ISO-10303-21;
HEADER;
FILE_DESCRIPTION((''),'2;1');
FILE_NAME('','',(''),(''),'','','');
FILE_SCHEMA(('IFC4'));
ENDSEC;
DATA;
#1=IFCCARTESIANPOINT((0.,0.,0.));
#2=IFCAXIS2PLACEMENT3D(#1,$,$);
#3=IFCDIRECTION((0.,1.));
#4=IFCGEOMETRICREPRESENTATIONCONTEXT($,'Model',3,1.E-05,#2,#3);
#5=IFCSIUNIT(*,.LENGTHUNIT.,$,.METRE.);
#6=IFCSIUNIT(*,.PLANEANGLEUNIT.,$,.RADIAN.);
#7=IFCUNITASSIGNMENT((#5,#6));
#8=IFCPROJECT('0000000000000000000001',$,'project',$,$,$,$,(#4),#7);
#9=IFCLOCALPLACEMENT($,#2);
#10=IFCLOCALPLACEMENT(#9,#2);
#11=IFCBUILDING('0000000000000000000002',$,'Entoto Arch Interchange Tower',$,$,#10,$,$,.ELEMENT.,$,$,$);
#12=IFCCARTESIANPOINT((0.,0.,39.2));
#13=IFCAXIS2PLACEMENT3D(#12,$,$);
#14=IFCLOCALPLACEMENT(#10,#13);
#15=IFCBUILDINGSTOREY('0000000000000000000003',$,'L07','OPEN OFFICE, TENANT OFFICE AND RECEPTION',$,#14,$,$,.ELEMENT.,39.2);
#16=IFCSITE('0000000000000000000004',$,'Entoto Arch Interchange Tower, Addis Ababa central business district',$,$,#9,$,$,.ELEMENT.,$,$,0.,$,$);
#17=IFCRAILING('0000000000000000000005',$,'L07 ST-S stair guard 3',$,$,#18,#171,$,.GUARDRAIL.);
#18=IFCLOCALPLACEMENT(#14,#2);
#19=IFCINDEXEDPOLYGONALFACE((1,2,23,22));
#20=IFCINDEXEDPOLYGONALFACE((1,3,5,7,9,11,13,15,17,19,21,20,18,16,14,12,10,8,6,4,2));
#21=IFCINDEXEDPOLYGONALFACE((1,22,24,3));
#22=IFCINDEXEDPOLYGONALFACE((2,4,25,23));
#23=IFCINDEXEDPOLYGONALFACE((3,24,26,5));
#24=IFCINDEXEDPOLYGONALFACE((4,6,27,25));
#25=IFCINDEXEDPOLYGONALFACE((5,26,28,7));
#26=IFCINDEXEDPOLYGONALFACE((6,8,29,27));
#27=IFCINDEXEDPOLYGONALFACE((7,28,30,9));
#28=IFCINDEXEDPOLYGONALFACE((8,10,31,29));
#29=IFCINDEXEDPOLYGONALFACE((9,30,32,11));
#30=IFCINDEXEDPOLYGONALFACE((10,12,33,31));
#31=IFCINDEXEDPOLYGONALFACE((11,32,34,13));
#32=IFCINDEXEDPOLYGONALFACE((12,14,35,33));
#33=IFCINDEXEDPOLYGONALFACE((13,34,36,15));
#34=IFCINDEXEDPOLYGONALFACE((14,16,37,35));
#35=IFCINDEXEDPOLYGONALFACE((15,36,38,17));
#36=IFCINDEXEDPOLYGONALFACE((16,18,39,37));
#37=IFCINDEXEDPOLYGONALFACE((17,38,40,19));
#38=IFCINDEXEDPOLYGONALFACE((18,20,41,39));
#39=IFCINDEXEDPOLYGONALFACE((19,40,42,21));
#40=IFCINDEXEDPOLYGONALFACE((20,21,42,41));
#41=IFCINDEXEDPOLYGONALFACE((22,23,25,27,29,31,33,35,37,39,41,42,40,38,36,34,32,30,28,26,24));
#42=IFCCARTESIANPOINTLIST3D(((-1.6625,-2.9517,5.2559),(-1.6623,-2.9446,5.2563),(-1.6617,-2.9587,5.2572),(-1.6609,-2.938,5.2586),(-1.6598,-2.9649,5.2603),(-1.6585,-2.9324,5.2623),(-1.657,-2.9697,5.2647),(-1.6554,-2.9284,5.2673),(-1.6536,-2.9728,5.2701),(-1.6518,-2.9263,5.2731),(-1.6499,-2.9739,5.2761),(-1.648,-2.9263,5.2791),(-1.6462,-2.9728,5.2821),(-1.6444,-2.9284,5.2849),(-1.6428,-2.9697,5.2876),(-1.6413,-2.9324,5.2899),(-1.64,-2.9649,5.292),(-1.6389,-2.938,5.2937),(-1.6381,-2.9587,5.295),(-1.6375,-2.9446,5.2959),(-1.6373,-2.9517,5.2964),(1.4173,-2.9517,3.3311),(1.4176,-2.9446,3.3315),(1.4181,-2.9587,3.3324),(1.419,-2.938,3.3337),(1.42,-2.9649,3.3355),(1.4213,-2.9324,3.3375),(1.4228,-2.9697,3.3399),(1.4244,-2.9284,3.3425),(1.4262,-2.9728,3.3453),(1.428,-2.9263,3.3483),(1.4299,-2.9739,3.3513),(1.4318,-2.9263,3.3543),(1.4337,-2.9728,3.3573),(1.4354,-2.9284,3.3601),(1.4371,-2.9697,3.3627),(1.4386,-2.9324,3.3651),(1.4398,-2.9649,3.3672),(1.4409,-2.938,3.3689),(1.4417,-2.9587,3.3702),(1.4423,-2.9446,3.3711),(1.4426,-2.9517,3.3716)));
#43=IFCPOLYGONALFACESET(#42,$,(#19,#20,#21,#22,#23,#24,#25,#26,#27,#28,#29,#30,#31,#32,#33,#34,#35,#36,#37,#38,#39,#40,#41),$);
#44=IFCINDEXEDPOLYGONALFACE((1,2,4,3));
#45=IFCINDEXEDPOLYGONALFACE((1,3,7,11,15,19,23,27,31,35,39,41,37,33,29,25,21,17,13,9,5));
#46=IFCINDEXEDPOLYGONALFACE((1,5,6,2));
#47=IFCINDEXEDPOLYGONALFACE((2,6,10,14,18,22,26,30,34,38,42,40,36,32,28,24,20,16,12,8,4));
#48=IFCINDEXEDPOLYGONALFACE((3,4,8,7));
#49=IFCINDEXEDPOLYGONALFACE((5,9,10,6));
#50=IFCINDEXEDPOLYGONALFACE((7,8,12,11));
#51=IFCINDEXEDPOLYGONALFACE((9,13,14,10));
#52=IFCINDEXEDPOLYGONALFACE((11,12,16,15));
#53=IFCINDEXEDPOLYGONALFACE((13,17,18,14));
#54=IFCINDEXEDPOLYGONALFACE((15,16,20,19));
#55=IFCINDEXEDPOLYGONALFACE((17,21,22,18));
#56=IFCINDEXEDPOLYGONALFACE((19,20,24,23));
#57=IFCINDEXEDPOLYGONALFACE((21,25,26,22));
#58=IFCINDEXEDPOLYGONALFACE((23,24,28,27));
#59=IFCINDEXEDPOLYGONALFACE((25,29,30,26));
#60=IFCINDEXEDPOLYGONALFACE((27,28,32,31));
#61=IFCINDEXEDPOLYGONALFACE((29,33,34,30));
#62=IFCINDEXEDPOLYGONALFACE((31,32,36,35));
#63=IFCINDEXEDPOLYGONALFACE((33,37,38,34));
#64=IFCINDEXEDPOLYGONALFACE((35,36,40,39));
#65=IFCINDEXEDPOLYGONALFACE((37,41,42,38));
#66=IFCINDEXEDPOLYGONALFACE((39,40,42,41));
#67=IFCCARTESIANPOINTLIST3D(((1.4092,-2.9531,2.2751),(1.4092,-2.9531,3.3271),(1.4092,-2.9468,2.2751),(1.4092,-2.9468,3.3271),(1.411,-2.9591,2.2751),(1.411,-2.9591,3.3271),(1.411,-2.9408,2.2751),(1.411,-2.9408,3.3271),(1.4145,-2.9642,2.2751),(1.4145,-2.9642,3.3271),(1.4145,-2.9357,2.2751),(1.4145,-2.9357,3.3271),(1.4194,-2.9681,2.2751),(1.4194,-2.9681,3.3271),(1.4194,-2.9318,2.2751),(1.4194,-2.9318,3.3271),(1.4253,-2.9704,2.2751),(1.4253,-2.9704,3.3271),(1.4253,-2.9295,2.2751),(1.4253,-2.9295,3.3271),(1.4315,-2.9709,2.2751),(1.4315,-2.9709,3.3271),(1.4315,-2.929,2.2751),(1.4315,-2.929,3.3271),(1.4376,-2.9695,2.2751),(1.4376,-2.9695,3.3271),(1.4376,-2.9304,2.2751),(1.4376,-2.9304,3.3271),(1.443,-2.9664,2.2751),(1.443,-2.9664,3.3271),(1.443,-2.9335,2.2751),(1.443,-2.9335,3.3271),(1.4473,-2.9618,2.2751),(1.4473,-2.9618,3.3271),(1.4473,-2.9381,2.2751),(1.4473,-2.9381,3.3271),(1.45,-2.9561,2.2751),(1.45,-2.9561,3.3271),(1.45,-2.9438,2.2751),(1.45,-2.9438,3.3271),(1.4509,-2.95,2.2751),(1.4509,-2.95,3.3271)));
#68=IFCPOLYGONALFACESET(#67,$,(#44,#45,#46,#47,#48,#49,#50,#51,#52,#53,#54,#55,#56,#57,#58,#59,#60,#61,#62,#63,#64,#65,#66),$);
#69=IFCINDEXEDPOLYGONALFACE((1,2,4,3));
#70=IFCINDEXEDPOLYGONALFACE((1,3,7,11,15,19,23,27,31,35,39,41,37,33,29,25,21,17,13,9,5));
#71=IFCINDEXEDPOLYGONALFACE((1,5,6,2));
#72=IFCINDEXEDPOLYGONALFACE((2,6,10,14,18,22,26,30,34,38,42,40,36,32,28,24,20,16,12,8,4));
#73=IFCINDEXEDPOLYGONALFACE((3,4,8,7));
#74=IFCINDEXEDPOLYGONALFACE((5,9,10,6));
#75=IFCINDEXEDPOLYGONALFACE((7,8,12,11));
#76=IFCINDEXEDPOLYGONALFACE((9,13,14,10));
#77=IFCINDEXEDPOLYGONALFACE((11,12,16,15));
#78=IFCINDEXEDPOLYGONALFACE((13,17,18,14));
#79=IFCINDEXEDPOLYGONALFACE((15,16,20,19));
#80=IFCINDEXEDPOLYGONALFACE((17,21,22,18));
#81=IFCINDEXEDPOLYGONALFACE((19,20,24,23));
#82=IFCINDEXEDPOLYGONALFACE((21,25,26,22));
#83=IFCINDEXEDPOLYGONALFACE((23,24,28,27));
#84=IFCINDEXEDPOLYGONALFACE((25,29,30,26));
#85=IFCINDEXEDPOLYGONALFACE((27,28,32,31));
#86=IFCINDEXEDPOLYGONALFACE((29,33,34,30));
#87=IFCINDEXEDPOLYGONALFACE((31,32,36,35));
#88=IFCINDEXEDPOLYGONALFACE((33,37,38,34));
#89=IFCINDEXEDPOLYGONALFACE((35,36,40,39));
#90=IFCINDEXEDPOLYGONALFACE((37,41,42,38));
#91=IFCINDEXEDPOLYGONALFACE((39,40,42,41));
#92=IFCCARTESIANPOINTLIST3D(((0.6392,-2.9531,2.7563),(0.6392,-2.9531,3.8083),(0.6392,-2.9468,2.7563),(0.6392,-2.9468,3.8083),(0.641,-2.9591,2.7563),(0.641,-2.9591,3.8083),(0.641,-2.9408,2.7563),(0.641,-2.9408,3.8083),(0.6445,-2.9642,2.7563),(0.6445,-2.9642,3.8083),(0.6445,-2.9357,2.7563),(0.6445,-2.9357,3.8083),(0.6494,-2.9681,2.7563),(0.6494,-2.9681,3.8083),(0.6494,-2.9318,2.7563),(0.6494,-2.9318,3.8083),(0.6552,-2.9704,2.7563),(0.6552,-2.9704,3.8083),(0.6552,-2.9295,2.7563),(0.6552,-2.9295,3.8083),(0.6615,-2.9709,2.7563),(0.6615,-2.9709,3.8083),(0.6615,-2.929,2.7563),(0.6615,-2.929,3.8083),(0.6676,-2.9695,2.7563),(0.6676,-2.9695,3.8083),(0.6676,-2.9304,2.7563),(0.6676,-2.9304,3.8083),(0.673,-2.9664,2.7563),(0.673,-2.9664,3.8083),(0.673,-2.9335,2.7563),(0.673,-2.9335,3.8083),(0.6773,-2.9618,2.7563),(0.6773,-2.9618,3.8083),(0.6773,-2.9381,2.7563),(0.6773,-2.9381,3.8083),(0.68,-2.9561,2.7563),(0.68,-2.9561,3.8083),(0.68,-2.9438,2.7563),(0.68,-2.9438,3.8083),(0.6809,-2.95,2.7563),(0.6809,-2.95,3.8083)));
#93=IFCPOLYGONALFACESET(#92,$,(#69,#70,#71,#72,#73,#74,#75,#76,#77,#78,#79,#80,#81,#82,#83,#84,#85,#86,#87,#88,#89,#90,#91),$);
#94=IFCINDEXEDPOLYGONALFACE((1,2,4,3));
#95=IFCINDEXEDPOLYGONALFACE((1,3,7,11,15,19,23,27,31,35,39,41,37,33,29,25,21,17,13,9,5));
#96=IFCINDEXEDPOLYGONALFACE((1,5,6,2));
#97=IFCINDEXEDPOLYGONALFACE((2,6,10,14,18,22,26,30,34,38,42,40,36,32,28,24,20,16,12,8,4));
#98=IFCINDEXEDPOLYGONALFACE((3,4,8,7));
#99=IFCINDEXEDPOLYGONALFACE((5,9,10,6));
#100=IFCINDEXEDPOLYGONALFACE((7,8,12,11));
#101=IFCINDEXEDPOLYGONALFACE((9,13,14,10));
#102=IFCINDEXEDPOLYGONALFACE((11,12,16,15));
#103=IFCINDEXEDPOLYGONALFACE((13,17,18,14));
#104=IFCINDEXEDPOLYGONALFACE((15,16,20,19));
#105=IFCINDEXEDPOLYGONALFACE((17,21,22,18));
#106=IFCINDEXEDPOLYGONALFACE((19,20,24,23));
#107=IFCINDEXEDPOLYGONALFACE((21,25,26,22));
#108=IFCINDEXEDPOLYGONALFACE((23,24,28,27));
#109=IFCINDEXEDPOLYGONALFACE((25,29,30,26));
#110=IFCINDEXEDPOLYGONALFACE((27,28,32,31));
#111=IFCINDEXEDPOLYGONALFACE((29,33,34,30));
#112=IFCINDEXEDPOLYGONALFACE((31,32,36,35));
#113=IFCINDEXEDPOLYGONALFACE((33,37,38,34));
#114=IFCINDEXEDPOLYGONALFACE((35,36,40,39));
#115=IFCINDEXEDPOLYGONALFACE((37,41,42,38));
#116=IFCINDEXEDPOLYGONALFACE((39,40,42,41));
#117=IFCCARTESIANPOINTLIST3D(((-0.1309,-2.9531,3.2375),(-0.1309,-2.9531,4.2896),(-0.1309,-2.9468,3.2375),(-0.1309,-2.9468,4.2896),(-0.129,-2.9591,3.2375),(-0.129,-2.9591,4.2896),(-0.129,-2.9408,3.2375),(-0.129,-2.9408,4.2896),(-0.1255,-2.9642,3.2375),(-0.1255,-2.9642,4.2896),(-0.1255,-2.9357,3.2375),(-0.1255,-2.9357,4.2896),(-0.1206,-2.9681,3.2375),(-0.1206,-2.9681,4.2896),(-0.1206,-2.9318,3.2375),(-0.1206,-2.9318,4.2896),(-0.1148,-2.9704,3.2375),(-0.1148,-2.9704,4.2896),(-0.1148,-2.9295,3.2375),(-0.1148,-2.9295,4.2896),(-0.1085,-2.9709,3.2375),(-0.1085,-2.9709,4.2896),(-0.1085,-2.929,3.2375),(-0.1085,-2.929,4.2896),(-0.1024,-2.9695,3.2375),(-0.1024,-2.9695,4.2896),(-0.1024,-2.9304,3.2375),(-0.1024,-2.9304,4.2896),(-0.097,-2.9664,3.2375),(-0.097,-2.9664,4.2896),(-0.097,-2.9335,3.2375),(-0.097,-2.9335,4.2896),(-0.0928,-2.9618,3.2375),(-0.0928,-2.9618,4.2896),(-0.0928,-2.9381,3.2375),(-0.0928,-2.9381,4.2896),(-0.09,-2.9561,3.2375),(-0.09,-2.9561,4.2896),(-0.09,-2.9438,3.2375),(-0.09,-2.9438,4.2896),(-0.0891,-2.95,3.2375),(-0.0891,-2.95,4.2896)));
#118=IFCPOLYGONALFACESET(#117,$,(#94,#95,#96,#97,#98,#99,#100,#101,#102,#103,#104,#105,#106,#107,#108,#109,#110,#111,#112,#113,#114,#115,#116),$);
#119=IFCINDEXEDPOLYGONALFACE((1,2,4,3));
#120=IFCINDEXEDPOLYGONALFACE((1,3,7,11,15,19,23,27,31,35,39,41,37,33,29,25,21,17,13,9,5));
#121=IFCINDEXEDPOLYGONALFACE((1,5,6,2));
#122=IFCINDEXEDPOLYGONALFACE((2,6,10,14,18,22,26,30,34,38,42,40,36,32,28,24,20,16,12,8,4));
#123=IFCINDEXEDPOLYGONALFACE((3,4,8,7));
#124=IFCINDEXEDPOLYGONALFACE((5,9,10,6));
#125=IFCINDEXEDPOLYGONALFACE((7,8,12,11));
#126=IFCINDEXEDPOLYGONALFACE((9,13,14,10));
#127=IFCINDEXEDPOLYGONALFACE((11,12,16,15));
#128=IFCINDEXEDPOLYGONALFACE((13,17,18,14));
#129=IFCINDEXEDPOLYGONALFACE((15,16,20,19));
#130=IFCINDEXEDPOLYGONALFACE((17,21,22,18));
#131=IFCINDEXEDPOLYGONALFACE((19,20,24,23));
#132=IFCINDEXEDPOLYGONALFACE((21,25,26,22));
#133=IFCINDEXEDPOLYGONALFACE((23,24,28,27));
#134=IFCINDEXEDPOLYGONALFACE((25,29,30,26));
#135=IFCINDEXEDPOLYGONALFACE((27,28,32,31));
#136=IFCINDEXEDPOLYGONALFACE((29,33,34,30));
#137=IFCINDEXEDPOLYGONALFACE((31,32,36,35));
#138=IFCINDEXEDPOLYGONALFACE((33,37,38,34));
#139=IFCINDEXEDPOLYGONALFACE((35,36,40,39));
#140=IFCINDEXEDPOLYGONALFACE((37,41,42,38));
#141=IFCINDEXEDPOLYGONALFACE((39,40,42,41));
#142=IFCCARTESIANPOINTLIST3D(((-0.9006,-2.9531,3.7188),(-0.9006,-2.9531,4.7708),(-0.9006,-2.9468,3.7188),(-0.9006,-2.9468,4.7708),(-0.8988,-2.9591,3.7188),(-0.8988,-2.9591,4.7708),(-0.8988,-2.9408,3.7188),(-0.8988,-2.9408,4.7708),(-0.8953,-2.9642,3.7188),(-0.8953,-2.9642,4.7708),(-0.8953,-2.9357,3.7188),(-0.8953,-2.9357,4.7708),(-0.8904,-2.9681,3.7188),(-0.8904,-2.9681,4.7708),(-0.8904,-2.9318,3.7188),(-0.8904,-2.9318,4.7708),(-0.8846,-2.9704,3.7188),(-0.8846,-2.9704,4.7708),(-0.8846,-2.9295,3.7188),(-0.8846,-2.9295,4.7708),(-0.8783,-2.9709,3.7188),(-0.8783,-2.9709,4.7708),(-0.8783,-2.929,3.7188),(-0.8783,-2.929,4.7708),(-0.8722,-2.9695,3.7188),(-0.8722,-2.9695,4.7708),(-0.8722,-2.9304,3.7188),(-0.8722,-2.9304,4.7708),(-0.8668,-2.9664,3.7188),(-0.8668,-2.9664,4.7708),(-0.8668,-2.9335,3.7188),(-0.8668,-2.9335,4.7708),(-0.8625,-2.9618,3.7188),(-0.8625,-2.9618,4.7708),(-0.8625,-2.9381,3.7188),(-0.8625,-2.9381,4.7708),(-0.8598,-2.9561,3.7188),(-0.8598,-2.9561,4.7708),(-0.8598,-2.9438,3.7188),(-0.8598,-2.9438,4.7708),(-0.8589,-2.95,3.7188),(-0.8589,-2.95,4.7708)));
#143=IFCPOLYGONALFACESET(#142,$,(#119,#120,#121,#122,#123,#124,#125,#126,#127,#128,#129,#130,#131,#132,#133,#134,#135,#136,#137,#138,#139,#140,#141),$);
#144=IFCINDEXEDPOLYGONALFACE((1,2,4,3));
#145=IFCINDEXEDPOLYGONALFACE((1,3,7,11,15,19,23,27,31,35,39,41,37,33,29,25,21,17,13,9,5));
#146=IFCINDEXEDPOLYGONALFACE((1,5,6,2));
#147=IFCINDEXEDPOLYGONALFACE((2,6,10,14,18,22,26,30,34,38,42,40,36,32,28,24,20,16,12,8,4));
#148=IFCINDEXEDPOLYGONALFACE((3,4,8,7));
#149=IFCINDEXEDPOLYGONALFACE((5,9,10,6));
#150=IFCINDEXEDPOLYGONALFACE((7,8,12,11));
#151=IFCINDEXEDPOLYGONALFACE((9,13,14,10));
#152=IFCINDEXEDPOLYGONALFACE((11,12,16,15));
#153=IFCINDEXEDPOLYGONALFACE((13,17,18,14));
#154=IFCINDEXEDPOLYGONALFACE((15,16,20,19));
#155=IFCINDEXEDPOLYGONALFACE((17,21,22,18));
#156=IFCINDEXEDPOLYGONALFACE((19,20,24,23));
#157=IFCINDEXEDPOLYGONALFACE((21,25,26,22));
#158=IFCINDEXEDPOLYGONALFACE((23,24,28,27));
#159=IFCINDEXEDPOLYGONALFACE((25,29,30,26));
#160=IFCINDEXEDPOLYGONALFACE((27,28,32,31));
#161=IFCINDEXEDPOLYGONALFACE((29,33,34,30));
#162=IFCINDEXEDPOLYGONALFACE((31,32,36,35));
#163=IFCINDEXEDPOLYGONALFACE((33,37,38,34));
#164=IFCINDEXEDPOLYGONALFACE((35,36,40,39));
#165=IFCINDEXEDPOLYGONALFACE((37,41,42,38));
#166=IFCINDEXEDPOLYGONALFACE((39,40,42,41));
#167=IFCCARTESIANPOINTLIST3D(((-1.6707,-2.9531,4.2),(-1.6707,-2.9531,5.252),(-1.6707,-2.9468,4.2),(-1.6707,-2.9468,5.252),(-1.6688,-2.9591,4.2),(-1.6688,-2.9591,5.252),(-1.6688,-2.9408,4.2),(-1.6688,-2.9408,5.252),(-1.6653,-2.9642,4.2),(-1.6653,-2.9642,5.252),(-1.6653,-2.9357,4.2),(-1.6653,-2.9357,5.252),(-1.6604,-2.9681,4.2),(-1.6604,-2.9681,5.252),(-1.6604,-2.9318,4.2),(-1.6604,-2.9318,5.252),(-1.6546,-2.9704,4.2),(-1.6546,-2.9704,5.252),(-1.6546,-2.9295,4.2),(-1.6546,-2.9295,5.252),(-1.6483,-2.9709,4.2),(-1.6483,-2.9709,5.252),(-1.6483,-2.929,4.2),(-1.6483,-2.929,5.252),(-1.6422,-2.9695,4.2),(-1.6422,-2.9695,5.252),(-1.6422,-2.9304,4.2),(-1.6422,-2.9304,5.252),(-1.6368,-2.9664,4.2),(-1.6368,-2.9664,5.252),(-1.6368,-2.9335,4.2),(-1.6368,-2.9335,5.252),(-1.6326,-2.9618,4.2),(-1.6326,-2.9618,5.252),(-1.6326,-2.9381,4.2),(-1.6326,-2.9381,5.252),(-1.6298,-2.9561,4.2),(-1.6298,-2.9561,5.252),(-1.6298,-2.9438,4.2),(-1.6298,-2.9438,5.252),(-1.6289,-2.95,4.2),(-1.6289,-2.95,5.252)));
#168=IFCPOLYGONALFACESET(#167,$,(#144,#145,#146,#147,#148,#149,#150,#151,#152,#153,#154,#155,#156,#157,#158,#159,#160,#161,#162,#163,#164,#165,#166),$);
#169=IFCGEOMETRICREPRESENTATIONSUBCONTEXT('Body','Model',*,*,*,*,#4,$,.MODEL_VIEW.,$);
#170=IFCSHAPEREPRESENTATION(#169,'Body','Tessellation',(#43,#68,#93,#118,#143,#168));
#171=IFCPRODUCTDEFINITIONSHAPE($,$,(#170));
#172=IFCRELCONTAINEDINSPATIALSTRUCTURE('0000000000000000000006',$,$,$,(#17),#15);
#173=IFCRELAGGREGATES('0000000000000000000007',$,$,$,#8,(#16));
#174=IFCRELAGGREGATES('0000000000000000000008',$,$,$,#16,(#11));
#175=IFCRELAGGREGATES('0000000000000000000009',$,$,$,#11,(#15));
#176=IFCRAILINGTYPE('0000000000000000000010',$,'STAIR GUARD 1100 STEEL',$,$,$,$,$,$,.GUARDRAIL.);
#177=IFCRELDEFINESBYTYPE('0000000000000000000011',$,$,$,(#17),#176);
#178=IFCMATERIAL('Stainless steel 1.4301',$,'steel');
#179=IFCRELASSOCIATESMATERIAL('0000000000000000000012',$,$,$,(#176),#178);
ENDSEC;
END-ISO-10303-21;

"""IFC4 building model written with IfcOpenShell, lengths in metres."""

from ifc_helpers import new_model, si_unit, direction, frame, origin, origin_2d, place, context, subcontext, project, spatial, circle, extrude, material, type_object, element, save


model = new_model("IFC4")

# Units and contexts
model_context = context("Model", 3, precision=1e-05, world=origin(), true_north=direction((0.0, 1.0)))
body_context = subcontext(model_context, "Body", "Model", "MODEL_VIEW")
ifc_project = project(units=[si_unit("LENGTHUNIT", "METRE"), si_unit("PLANEANGLEUNIT", "RADIAN")], contexts=[model_context])

# Site, building, storey
site_placement = place(None, origin())
site = spatial("IfcSite", under=ifc_project, at=site_placement, Name="Entoto Arch Interchange Tower, Addis Ababa central business district", CompositionType="ELEMENT", RefElevation=0.0)
building_placement = place(site_placement, origin())
building = spatial("IfcBuilding", under=site, at=building_placement, Name="Entoto Arch Interchange Tower", CompositionType="ELEMENT")
storey_placement = place(building_placement, frame((0.0, 0.0, 39.2)))
storey = spatial("IfcBuildingStorey", under=building, at=storey_placement, Name="L07", Description="OPEN OFFICE, TENANT OFFICE AND RECEPTION", CompositionType="ELEMENT", Elevation=39.2)

# Railing
ifc_material_1 = material(Name="Stainless steel 1.4301", Category="steel")
railing_type_1 = type_object("IfcRailingType", Name="STAIR GUARD 1100 STEEL", PredefinedType="GUARDRAIL", material=ifc_material_1)
railing_1_placement = place(storey_placement, frame((1.4299, -2.95, 2.2751)))
element("IfcRailing", 1, at=railing_1_placement, inside=storey, type_object=railing_type_1, Name="L07 ST-S stair guard 3", PredefinedType="GUARDRAIL", context=body_context, shape_type="SweptSolid", body=[
    extrude(circle(Radius=0.0239, at=origin_2d()), frame((0.0, 0.0, 1.0762), z_axis=(-0.84801, 0.0, 0.529981), x_axis=(0.0, -1.0, 0.0)), (0.0, 0.0, 1.0), 3.6318),
    extrude(circle(Radius=0.021, at=origin_2d()), origin(), (0.0, 0.0, 1.0), 1.052),
    extrude(circle(Radius=0.021, at=origin_2d()), frame((-0.77, 0.0, 0.4812)), (0.0, 0.0, 1.0), 1.052),
    extrude(circle(Radius=0.021, at=origin_2d()), frame((-1.54, 0.0, 0.9624)), (0.0, 0.0, 1.0), 1.052),
    extrude(circle(Radius=0.021, at=origin_2d()), frame((-2.3098, 0.0, 1.4436)), (0.0, 0.0, 1.0), 1.052),
    extrude(circle(Radius=0.021, at=origin_2d()), frame((-3.0798, 0.0, 1.9248)), (0.0, 0.0, 1.0), 1.052),
])

save(model, "model.ifc")
